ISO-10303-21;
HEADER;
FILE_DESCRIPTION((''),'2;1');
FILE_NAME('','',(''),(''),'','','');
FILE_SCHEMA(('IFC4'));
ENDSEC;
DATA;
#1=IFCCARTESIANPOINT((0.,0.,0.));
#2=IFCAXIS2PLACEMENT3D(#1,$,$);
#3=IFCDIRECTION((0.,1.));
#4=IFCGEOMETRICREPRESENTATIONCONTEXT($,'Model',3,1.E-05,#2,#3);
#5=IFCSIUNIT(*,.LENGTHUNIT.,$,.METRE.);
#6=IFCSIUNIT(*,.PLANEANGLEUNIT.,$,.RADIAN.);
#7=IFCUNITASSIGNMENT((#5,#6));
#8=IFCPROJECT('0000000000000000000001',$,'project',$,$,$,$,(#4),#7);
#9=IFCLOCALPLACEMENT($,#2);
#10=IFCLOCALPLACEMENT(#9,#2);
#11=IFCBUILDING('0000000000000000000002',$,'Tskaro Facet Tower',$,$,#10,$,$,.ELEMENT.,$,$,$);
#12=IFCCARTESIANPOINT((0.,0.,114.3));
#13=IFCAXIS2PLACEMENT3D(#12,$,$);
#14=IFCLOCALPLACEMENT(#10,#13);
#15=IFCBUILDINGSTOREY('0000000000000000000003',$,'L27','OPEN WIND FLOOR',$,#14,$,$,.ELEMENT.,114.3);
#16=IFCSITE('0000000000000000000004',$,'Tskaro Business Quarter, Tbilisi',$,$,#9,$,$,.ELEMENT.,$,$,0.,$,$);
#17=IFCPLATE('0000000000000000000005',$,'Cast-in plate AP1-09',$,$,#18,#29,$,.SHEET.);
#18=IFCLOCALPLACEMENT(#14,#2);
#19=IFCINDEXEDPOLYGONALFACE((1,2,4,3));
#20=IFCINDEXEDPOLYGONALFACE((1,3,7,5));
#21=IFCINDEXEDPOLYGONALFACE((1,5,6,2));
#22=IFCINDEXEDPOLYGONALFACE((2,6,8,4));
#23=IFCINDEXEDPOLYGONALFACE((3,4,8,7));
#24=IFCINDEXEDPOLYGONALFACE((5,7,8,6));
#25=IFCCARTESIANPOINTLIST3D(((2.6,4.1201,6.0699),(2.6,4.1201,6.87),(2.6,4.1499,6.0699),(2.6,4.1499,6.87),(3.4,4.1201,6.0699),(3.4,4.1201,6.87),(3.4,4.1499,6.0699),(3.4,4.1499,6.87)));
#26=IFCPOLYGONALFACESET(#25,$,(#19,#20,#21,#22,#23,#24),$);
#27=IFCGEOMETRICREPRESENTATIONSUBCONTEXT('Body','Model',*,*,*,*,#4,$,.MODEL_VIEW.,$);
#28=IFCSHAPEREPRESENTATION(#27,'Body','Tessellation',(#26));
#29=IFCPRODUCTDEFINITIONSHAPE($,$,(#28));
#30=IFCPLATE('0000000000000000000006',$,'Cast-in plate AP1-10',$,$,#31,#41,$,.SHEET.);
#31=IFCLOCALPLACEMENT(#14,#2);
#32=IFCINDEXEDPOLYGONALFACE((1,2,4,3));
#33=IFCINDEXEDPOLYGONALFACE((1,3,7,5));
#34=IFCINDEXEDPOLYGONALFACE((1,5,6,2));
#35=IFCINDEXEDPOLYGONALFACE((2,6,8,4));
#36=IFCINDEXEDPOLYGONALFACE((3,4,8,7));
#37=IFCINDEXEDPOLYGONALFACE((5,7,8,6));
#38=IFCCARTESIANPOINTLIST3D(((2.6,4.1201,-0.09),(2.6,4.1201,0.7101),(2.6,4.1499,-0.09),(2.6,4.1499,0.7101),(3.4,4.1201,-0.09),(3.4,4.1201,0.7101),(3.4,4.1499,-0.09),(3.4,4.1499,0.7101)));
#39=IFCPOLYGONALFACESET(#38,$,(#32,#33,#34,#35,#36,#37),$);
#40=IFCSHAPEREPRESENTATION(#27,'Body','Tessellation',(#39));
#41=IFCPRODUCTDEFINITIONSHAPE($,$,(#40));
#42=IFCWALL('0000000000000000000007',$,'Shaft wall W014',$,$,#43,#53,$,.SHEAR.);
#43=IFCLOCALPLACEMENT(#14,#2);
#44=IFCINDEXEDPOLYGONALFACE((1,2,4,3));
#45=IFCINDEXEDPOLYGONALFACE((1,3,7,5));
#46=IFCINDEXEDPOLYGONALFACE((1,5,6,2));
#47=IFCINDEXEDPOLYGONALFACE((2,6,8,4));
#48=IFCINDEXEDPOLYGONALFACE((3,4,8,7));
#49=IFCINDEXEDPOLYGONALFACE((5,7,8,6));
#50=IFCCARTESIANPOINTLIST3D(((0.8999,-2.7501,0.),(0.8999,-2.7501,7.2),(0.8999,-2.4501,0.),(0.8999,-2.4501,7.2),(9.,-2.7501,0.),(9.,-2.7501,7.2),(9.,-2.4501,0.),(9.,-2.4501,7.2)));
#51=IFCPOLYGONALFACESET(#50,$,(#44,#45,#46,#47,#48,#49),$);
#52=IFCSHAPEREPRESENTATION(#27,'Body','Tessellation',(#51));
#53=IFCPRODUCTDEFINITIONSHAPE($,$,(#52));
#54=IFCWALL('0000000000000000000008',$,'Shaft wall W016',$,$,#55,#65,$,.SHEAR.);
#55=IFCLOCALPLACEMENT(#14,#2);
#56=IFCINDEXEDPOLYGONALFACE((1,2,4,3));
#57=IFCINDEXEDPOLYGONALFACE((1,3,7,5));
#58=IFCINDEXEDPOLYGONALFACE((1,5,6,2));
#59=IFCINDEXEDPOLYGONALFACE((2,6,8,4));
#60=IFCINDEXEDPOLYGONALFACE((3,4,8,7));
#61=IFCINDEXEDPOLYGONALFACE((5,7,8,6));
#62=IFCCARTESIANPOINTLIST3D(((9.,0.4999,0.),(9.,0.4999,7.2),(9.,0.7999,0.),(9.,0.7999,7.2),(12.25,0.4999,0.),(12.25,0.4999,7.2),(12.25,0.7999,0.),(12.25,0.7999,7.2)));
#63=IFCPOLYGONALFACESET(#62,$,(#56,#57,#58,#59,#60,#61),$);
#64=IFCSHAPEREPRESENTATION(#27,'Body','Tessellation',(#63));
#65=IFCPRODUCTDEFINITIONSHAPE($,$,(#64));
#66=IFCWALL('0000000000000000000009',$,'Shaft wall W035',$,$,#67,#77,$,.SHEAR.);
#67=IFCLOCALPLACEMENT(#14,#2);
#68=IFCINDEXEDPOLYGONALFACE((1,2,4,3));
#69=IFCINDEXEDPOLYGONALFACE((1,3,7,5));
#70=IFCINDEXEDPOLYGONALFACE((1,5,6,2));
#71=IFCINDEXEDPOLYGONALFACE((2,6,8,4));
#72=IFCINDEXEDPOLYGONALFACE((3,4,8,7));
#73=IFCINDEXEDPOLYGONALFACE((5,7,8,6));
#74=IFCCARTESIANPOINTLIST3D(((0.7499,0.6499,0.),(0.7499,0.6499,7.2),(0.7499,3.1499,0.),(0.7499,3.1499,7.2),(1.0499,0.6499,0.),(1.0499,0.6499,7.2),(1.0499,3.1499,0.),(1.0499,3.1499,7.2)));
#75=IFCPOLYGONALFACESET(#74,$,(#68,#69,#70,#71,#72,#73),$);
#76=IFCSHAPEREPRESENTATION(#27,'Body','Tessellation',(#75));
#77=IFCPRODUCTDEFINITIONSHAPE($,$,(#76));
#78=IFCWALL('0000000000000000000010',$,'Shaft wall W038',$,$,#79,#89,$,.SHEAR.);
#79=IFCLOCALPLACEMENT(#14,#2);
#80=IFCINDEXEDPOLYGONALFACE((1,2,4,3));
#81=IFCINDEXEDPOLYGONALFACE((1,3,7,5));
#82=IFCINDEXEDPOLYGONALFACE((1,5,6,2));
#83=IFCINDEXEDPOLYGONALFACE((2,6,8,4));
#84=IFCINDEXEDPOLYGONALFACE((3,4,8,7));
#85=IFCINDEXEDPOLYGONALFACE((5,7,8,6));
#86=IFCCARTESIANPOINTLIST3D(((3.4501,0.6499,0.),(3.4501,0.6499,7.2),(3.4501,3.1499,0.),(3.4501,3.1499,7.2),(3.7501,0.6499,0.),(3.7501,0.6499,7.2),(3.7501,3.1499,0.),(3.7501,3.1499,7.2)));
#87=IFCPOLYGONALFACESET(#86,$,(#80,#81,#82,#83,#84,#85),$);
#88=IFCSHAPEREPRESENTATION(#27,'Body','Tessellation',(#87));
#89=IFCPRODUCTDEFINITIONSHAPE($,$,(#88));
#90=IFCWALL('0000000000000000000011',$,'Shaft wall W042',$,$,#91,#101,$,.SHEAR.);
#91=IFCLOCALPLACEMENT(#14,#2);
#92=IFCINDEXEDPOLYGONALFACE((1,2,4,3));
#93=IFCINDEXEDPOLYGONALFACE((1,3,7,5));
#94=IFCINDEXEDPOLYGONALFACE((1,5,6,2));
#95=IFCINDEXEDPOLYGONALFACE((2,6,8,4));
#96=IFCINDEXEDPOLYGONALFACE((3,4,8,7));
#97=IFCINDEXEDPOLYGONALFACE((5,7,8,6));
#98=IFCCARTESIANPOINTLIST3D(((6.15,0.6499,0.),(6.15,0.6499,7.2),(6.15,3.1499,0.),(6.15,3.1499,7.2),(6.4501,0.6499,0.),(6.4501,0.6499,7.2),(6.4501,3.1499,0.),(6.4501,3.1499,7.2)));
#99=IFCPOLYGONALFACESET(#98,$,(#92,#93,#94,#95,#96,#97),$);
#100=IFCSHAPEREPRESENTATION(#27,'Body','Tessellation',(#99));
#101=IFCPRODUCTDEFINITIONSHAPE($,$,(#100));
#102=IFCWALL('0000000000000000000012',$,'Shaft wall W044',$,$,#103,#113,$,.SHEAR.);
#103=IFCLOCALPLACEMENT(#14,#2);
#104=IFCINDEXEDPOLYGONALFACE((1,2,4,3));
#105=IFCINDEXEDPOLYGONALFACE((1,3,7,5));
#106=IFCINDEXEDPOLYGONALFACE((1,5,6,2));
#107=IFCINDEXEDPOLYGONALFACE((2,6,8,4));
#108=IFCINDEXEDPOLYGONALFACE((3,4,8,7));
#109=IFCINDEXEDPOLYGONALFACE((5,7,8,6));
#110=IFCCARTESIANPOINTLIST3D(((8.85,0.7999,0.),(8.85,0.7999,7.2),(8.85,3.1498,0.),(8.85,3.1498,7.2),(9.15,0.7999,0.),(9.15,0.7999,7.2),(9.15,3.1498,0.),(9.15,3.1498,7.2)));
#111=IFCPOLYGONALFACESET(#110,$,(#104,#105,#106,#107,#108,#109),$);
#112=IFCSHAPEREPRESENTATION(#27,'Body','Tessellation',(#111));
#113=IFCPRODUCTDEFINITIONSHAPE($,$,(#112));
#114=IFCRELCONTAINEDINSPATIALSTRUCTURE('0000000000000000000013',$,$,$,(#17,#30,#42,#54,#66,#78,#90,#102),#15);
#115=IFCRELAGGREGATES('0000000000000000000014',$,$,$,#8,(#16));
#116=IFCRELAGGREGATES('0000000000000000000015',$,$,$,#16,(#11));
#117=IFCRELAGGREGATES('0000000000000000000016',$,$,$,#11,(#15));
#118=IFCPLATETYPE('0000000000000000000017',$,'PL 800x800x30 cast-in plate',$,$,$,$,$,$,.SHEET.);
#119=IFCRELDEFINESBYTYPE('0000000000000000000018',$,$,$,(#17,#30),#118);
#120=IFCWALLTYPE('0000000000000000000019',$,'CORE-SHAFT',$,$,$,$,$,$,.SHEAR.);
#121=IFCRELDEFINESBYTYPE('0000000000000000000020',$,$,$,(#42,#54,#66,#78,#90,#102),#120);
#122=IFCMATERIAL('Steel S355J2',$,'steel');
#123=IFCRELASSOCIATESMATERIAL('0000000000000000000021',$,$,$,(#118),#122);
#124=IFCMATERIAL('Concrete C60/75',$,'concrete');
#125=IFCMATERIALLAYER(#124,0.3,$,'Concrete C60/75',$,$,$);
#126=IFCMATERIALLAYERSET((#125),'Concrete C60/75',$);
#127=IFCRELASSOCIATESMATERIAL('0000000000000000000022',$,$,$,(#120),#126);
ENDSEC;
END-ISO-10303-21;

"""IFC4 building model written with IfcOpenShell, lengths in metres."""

from ifc_helpers import new_model, si_unit, direction, frame, frame_2d, origin, origin_2d, place, context, subcontext, project, spatial, rectangle, extrude, material, layer, layer_set, material_profile, profile_set, type_object, element, save


model = new_model("IFC4")

# Units and contexts
model_context = context("Model", 3, precision=1e-05, world=origin(), true_north=direction((0.0, 1.0)))
body_context = subcontext(model_context, "Body", "Model", "MODEL_VIEW")
ifc_project = project(units=[si_unit("LENGTHUNIT", "METRE"), si_unit("PLANEANGLEUNIT", "RADIAN")], contexts=[model_context])

# Site, building, storey
site_placement = place(None, origin())
site = spatial("IfcSite", under=ifc_project, at=site_placement, Name="Tskaro Business Quarter, Tbilisi", CompositionType="ELEMENT", RefElevation=0.0)
building_placement = place(site_placement, origin())
building = spatial("IfcBuilding", under=site, at=building_placement, Name="Tskaro Facet Tower", CompositionType="ELEMENT")
storey_placement = place(building_placement, frame((0.0, 0.0, 114.3)))
storey = spatial("IfcBuildingStorey", under=building, at=storey_placement, Name="L27", Description="OPEN WIND FLOOR", CompositionType="ELEMENT", Elevation=114.3)

# Shared definitions
ifc_material_1 = material(Name="Steel S355J2", Category="steel")

# Plates
ifc_material_profile_1 = material_profile(ifc_material_1, rectangle(XDim=0.8, YDim=0.8, at=origin_2d()), Name="PL 800x800x30 cast-in plate")
ifc_profile_set_1 = profile_set([ifc_material_profile_1], Name="Steel S355J2")
plate_type = type_object("IfcPlateType", Name="PL 800x800x30 cast-in plate", PredefinedType="SHEET", material=ifc_profile_set_1)
for number, where, z_axis, x_axis, name in (
    (1, (3.0, 4.1201, 6.47), (0.0, 1.0, 0.0), (-1.0, 0.0, 0.0), "Cast-in plate AP1-09"),
    (2, (3.0, 4.1201, 0.3101), (0.0, 1.0, 0.0), (-1.0, 0.0, 0.0), "Cast-in plate AP1-10"),
):
    element("IfcPlate", number, at=place(storey_placement, frame(where, z_axis=z_axis, x_axis=x_axis)), inside=storey, type_object=plate_type, Name=name, PredefinedType="SHEET", context=body_context, shape_type="SweptSolid", body=[
        extrude(rectangle(XDim=0.8, YDim=0.8, at=origin_2d()), origin(), (0.0, 0.0, 1.0), 0.0298),
    ])

# Walls
ifc_material_2 = material(Name="Concrete C60/75", Category="concrete")
ifc_layer = layer(ifc_material_2, 0.3, Name="Concrete C60/75")
ifc_layer_set = layer_set([ifc_layer], Name="Concrete C60/75")
wall_type = type_object("IfcWallType", Name="CORE-SHAFT", PredefinedType="SHEAR", material=ifc_layer_set)
wall_1_placement = place(storey_placement, frame((0.8999, -2.6001, 0.0), z_axis=(0.0, 0.0, 1.0), x_axis=(1.0, 0.0, 0.0)))
element("IfcWall", 3, at=wall_1_placement, inside=storey, type_object=wall_type, Name="Shaft wall W014", PredefinedType="SHEAR", context=body_context, shape_type="SweptSolid", body=[
    extrude(rectangle(XDim=8.1001, YDim=0.3, at=frame_2d((4.05, 0.0))), origin(), (0.0, 0.0, 1.0), 7.2),
])
wall_2_placement = place(storey_placement, frame((12.25, 0.6499, 0.0), z_axis=(0.0, 0.0, 1.0), x_axis=(-1.0, 0.0, 0.0)))
element("IfcWall", 4, at=wall_2_placement, inside=storey, type_object=wall_type, Name="Shaft wall W016", PredefinedType="SHEAR", context=body_context, shape_type="SweptSolid", body=[
    extrude(rectangle(XDim=3.25, YDim=0.3, at=frame_2d((1.625, 0.0))), origin(), (0.0, 0.0, 1.0), 7.2),
])
for number, where, z_axis, x_axis, name in (
    (5, (0.8999, 0.6499, 0.0), (0.0, 0.0, 1.0), (0.0, 1.0, 0.0), "Shaft wall W035"),
    (6, (3.6001, 0.6499, 0.0), (0.0, 0.0, 1.0), (0.0, 1.0, 0.0), "Shaft wall W038"),
    (7, (6.3, 0.6499, 0.0), (0.0, 0.0, 1.0), (0.0, 1.0, 0.0), "Shaft wall W042"),
):
    element("IfcWall", number, at=place(storey_placement, frame(where, z_axis=z_axis, x_axis=x_axis)), inside=storey, type_object=wall_type, Name=name, PredefinedType="SHEAR", context=body_context, shape_type="SweptSolid", body=[
        extrude(rectangle(XDim=2.5, YDim=0.3, at=frame_2d((1.25, 0.0))), origin(), (0.0, 0.0, 1.0), 7.2),
    ])
wall_3_placement = place(storey_placement, frame((9.0, 0.8, 0.0), z_axis=(0.0, 0.0, 1.0), x_axis=(0.0, 1.0, 0.0)))
element("IfcWall", 8, at=wall_3_placement, inside=storey, type_object=wall_type, Name="Shaft wall W044", PredefinedType="SHEAR", context=body_context, shape_type="SweptSolid", body=[
    extrude(rectangle(XDim=2.3499, YDim=0.3, at=frame_2d((1.1748, 0.0))), origin(), (0.0, 0.0, 1.0), 7.2),
])

save(model, "model.ifc")
